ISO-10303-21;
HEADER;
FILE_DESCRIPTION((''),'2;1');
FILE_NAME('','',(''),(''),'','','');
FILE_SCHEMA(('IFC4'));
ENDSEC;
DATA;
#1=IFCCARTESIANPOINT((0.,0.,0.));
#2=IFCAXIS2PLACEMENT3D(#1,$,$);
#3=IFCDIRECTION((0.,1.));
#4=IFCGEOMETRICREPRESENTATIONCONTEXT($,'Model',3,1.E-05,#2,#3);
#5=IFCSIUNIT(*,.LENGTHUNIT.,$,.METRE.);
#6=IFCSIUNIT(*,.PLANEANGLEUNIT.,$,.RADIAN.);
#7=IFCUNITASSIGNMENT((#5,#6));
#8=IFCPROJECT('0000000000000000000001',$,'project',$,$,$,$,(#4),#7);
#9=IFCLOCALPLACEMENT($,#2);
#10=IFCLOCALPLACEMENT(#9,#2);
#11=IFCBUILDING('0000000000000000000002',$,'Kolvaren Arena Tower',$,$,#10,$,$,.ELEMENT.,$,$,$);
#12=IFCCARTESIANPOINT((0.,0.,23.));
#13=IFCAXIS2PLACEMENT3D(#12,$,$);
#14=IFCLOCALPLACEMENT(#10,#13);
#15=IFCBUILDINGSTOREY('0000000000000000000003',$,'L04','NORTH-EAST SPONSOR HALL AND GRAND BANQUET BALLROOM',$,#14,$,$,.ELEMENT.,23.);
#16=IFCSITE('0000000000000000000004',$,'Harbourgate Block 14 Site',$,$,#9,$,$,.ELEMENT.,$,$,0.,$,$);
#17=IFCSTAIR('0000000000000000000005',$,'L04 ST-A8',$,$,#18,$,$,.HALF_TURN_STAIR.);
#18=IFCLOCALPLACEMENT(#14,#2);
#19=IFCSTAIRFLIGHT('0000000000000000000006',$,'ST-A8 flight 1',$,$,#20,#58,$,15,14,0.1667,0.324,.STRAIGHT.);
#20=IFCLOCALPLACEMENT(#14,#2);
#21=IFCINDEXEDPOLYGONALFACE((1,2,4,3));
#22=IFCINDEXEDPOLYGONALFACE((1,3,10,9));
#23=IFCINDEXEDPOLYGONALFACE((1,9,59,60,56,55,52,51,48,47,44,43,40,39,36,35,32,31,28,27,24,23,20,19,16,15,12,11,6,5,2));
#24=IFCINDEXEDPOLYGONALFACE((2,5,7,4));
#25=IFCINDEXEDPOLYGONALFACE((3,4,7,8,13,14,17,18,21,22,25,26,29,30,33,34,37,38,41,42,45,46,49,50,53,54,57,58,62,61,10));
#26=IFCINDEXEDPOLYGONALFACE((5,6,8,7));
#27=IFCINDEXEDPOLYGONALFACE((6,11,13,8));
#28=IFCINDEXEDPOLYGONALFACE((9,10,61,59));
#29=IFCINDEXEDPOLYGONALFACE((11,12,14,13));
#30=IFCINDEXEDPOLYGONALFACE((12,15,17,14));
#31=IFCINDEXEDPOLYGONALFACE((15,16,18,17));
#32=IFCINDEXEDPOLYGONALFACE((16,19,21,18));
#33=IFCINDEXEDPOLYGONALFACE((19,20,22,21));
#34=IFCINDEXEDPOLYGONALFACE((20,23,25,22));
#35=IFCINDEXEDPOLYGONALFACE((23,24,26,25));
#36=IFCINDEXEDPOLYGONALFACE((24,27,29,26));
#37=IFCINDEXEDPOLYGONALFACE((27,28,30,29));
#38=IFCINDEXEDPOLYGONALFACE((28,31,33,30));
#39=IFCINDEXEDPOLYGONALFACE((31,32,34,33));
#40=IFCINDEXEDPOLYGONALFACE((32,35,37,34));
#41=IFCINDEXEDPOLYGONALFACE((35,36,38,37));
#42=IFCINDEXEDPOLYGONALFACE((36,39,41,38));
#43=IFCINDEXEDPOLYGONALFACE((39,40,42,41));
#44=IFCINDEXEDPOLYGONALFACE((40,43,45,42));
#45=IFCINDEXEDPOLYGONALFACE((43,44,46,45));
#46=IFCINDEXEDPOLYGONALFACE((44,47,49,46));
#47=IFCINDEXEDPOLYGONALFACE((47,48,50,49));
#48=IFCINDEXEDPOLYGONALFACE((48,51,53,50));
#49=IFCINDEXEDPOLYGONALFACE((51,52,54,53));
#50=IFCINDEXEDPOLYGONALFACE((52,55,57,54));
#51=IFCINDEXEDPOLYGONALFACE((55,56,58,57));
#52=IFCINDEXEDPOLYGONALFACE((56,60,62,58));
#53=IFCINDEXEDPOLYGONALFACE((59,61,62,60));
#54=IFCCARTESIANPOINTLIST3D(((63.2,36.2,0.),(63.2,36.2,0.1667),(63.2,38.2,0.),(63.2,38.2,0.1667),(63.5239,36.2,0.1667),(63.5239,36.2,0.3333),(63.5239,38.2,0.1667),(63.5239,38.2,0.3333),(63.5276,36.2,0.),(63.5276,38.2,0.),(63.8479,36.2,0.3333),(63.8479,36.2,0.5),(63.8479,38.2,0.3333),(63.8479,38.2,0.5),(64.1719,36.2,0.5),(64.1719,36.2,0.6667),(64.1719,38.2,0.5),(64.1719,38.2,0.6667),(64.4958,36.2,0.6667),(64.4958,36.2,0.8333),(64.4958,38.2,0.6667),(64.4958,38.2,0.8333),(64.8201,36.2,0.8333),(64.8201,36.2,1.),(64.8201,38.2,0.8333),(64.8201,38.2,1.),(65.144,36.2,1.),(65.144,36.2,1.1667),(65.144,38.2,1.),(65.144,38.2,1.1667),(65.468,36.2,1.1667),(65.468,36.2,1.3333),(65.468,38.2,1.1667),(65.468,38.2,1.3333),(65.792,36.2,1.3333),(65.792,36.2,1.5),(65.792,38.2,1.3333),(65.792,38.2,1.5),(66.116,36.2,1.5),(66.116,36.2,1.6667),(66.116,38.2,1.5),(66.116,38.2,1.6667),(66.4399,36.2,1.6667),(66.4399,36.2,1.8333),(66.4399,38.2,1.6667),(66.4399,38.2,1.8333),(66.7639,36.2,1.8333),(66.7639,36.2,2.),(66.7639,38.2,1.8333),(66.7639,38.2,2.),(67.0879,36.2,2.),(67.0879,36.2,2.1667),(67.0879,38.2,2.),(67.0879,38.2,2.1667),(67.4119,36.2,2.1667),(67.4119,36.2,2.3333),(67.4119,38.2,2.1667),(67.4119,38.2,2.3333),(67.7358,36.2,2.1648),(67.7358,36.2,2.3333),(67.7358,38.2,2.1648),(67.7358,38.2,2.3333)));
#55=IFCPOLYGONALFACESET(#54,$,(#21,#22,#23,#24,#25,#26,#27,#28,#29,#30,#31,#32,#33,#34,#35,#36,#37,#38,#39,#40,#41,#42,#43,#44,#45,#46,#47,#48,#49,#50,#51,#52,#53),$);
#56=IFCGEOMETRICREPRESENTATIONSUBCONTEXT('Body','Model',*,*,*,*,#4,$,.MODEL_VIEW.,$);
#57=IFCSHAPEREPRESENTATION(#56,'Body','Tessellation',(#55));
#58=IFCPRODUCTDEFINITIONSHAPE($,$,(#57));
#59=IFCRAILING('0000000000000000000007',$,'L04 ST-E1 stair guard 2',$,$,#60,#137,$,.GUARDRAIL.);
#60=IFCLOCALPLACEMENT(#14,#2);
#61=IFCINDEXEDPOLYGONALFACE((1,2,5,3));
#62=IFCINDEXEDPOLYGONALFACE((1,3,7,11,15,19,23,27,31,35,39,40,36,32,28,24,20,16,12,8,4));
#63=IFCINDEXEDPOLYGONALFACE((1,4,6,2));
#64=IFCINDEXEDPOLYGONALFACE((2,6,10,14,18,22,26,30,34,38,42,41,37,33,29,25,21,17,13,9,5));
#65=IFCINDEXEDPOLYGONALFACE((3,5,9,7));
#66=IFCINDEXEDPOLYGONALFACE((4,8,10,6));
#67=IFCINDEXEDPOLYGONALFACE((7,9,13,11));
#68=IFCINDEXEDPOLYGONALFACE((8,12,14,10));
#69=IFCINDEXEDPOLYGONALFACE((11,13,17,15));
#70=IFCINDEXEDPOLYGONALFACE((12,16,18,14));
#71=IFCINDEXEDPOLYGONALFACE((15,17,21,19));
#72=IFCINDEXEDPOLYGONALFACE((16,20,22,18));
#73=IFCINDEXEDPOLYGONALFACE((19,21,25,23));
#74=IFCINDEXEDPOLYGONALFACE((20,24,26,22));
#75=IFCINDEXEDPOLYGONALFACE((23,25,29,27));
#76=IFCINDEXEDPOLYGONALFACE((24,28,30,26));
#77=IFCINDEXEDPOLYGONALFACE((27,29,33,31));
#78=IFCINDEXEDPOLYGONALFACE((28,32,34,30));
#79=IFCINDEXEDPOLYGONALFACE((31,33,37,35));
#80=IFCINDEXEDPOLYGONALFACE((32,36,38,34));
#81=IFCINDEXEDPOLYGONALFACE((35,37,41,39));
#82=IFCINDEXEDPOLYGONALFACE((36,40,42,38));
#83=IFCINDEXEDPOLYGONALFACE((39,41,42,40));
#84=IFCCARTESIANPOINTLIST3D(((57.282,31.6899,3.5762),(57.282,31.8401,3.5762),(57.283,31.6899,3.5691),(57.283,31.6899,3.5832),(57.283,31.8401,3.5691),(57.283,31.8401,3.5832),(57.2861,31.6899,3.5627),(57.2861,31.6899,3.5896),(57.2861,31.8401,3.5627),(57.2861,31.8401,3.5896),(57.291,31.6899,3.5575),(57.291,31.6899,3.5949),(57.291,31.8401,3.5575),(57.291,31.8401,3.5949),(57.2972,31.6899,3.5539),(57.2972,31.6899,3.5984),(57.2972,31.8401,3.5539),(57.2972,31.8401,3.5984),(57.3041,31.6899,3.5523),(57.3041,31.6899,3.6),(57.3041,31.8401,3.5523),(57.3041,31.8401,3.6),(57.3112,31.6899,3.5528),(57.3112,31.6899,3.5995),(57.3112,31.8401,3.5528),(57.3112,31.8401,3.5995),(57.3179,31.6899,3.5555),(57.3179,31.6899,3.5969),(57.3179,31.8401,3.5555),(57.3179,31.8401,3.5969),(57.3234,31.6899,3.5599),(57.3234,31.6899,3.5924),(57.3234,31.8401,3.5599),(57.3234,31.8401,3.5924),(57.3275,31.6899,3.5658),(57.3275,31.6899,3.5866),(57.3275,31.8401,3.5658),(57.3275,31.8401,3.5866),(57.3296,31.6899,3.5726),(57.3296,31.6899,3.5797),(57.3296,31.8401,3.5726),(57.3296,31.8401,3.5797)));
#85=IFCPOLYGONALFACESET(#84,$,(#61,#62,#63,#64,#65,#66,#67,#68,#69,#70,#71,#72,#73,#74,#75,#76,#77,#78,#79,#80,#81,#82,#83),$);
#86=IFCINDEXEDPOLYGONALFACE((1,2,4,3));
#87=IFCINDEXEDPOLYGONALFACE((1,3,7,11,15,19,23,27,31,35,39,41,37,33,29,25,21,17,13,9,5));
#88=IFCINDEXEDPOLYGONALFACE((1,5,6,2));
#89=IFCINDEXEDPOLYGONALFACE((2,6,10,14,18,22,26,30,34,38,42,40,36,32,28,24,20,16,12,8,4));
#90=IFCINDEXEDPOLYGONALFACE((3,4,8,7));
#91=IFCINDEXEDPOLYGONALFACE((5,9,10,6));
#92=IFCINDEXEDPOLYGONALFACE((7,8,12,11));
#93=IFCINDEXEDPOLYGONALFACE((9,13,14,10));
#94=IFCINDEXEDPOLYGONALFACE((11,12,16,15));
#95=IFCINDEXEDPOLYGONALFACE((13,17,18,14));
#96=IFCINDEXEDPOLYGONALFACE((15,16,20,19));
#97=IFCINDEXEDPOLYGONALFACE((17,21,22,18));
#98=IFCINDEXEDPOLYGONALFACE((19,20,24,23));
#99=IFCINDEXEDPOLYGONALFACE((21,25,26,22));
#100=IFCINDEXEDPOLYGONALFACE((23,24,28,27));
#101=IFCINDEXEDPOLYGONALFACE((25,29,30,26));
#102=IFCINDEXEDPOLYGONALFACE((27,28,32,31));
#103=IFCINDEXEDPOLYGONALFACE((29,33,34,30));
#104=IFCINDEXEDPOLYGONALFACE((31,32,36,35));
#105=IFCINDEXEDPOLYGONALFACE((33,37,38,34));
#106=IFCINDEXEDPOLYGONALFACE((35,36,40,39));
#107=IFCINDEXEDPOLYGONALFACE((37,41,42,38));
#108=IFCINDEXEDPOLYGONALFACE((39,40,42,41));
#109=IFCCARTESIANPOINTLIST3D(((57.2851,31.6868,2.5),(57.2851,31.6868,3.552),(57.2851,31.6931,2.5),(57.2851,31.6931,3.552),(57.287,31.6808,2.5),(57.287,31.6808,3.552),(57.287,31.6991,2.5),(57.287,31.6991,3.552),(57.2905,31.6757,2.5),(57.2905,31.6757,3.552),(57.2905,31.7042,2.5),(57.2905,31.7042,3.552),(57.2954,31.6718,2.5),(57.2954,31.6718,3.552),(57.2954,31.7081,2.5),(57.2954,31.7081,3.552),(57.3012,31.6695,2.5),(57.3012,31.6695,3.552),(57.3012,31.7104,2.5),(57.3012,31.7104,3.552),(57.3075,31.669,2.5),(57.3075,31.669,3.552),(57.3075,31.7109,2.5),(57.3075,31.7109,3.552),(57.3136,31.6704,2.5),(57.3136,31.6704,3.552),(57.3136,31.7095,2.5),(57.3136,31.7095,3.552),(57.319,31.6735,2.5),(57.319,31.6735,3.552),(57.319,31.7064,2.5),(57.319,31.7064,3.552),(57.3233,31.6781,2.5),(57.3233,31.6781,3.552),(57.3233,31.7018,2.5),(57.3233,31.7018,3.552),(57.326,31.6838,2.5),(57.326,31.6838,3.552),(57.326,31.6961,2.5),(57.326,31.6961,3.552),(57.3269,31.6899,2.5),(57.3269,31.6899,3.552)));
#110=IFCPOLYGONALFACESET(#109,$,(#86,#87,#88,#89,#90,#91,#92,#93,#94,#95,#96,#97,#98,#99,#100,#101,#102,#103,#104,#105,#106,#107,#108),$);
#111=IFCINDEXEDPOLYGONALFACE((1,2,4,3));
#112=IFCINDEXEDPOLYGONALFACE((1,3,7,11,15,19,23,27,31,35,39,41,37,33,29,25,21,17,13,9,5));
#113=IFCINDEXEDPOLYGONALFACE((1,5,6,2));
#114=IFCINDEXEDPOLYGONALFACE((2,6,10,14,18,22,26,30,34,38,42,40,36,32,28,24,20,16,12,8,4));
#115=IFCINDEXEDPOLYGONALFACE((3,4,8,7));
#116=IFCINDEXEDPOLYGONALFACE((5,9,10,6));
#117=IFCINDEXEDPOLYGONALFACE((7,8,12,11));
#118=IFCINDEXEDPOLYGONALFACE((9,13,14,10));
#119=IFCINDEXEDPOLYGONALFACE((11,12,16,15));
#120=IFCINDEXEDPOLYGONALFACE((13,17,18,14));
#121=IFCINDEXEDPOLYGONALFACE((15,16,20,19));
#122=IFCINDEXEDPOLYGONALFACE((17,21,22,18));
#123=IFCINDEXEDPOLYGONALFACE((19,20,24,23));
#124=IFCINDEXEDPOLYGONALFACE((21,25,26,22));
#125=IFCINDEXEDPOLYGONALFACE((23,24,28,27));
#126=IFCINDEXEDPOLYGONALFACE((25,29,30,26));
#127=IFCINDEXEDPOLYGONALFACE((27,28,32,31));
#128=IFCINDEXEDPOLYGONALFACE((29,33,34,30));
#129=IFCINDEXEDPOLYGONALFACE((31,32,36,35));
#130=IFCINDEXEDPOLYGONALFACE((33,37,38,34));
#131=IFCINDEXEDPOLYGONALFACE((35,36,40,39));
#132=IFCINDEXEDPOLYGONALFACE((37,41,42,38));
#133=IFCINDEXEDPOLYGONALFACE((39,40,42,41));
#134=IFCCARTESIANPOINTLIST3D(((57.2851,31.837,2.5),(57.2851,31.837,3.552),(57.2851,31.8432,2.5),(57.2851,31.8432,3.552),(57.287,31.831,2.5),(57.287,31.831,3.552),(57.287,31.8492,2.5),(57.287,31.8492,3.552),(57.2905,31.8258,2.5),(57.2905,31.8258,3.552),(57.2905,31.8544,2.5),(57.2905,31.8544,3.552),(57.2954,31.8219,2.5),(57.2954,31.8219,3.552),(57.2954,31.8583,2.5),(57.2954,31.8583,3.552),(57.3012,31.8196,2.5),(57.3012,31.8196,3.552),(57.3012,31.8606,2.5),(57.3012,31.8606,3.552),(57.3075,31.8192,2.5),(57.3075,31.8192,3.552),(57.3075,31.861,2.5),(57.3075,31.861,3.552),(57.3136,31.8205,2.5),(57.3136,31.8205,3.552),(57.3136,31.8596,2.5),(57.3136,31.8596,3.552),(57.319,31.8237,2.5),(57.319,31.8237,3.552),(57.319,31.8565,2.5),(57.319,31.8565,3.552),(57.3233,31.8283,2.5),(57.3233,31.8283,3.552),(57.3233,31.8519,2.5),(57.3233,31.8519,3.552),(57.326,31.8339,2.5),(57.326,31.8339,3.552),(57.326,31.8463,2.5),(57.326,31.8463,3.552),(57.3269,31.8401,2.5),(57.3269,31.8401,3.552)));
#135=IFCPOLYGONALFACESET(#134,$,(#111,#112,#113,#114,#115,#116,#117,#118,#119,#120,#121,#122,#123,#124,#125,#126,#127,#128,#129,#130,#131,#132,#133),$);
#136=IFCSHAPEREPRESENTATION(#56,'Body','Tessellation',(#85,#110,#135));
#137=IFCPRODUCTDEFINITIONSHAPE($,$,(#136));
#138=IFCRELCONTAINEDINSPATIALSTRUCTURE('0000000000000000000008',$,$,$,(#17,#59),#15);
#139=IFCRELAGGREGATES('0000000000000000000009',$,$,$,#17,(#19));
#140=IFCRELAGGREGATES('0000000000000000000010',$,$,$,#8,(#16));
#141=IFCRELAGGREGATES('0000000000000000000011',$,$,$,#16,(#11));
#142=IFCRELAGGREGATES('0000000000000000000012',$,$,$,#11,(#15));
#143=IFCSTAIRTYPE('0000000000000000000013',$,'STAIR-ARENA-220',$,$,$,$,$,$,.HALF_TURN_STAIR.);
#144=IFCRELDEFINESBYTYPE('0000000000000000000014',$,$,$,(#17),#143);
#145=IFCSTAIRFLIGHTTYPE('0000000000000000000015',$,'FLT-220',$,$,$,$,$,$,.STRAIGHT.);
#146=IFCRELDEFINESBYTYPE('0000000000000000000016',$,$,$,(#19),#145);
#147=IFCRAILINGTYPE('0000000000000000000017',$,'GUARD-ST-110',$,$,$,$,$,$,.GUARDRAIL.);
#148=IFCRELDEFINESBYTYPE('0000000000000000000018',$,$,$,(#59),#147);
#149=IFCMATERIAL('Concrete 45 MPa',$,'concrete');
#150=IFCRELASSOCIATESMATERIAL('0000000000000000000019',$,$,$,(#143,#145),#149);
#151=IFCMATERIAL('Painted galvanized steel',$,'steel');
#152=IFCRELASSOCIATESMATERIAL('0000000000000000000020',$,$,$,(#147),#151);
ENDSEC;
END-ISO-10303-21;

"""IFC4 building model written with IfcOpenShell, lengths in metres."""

from ifc_helpers import new_model, si_unit, direction, frame, origin, origin_2d, place, context, subcontext, project, spatial, polyline, circle, outline, extrude, material, type_object, element, aggregate, save


model = new_model("IFC4")

# Units and contexts
model_context = context("Model", 3, precision=1e-05, world=origin(), true_north=direction((0.0, 1.0)))
body_context = subcontext(model_context, "Body", "Model", "MODEL_VIEW")
ifc_project = project(units=[si_unit("LENGTHUNIT", "METRE"), si_unit("PLANEANGLEUNIT", "RADIAN")], contexts=[model_context])

# Site, building, storey
site_placement = place(None, origin())
site = spatial("IfcSite", under=ifc_project, at=site_placement, Name="Harbourgate Block 14 Site", CompositionType="ELEMENT", RefElevation=0.0)
building_placement = place(site_placement, origin())
building = spatial("IfcBuilding", under=site, at=building_placement, Name="Kolvaren Arena Tower", CompositionType="ELEMENT")
storey_placement = place(building_placement, frame((0.0, 0.0, 23.0)))
storey = spatial("IfcBuildingStorey", under=building, at=storey_placement, Name="L04", Description="NORTH-EAST SPONSOR HALL AND GRAND BANQUET BALLROOM", CompositionType="ELEMENT", Elevation=23.0)

# Shared definitions
ifc_material_1 = material(Name="Concrete 45 MPa", Category="concrete")

# Stair, stair flight
stair_type_1 = type_object("IfcStairType", Name="STAIR-ARENA-220", PredefinedType="HALF_TURN_STAIR", material=ifc_material_1)
stair_1_placement = place(storey_placement, origin())
stair_1 = element("IfcStair", 1, at=stair_1_placement, inside=storey, type_object=stair_type_1, Name="L04 ST-A8", PredefinedType="HALF_TURN_STAIR")
stair_flight_type_1 = type_object("IfcStairFlightType", Name="FLT-220", PredefinedType="STRAIGHT", material=ifc_material_1)
stair_flight_1_placement = place(storey_placement, frame((63.2, 37.2, 0.0), z_axis=(0.0, 0.0, 1.0), x_axis=(1.0, 0.0, 0.0)))
stair_flight_1 = element("IfcStairFlight", 2, at=stair_flight_1_placement, type_object=stair_flight_type_1, Name="ST-A8 flight 1", NumberOfRisers=15, NumberOfTreads=14, PredefinedType="STRAIGHT", RiserHeight=0.1667, TreadLength=0.324, context=body_context, shape_type="SweptSolid", body=[
    extrude(outline(polyline([(0.0, 0.0), (0.0, 0.1667), (0.324, 0.1667), (0.324, 0.3333), (0.6479, 0.3333), (0.6479, 0.5), (0.9719, 0.5), (0.9719, 0.6667), (1.2959, 0.6667), (1.2959, 0.8333), (1.6201, 0.8333), (1.6201, 1.0), (1.9441, 1.0), (1.9441, 1.1667), (2.2681, 1.1667), (2.2681, 1.3333), (2.592, 1.3333), (2.592, 1.5), (2.916, 1.5), (2.916, 1.6667), (3.24, 1.6667), (3.24, 1.8333), (3.564, 1.8333), (3.564, 2.0), (3.8879, 2.0), (3.8879, 2.1667), (4.2119, 2.1667), (4.2119, 2.3333), (4.5359, 2.3333), (4.5359, 2.5), (4.5359, 2.1648), (0.3276, 0.0), (0.0, 0.0)])), frame((0.0, 1.0, 0.0), z_axis=(0.0, -1.0, 0.0), x_axis=(1.0, 0.0, 0.0)), (0.0, 0.0, 1.0), 2.0),
])
aggregate(stair_1, [stair_flight_1])

# Railing
ifc_material_2 = material(Name="Painted galvanized steel", Category="steel")
railing_type_1 = type_object("IfcRailingType", Name="GUARD-ST-110", PredefinedType="GUARDRAIL", material=ifc_material_2)
railing_1_placement = place(storey_placement, frame((57.3059, 31.6899, 2.5)))
element("IfcRailing", 3, at=railing_1_placement, inside=storey, type_object=railing_type_1, Name="L04 ST-E1 stair guard 2", PredefinedType="GUARDRAIL", context=body_context, shape_type="SweptSolid", body=[
    extrude(circle(Radius=0.0239, at=origin_2d()), frame((0.0, 0.0, 1.0762), z_axis=(0.0, 1.0, 0.0), x_axis=(-1.0, 0.0, 0.0)), (0.0, 0.0, 1.0), 0.1501),
    extrude(circle(Radius=0.021, at=origin_2d()), origin(), (0.0, 0.0, 1.0), 1.052),
    extrude(circle(Radius=0.021, at=origin_2d()), frame((0.0, 0.1501, 0.0)), (0.0, 0.0, 1.0), 1.052),
])

save(model, "model.ifc")
